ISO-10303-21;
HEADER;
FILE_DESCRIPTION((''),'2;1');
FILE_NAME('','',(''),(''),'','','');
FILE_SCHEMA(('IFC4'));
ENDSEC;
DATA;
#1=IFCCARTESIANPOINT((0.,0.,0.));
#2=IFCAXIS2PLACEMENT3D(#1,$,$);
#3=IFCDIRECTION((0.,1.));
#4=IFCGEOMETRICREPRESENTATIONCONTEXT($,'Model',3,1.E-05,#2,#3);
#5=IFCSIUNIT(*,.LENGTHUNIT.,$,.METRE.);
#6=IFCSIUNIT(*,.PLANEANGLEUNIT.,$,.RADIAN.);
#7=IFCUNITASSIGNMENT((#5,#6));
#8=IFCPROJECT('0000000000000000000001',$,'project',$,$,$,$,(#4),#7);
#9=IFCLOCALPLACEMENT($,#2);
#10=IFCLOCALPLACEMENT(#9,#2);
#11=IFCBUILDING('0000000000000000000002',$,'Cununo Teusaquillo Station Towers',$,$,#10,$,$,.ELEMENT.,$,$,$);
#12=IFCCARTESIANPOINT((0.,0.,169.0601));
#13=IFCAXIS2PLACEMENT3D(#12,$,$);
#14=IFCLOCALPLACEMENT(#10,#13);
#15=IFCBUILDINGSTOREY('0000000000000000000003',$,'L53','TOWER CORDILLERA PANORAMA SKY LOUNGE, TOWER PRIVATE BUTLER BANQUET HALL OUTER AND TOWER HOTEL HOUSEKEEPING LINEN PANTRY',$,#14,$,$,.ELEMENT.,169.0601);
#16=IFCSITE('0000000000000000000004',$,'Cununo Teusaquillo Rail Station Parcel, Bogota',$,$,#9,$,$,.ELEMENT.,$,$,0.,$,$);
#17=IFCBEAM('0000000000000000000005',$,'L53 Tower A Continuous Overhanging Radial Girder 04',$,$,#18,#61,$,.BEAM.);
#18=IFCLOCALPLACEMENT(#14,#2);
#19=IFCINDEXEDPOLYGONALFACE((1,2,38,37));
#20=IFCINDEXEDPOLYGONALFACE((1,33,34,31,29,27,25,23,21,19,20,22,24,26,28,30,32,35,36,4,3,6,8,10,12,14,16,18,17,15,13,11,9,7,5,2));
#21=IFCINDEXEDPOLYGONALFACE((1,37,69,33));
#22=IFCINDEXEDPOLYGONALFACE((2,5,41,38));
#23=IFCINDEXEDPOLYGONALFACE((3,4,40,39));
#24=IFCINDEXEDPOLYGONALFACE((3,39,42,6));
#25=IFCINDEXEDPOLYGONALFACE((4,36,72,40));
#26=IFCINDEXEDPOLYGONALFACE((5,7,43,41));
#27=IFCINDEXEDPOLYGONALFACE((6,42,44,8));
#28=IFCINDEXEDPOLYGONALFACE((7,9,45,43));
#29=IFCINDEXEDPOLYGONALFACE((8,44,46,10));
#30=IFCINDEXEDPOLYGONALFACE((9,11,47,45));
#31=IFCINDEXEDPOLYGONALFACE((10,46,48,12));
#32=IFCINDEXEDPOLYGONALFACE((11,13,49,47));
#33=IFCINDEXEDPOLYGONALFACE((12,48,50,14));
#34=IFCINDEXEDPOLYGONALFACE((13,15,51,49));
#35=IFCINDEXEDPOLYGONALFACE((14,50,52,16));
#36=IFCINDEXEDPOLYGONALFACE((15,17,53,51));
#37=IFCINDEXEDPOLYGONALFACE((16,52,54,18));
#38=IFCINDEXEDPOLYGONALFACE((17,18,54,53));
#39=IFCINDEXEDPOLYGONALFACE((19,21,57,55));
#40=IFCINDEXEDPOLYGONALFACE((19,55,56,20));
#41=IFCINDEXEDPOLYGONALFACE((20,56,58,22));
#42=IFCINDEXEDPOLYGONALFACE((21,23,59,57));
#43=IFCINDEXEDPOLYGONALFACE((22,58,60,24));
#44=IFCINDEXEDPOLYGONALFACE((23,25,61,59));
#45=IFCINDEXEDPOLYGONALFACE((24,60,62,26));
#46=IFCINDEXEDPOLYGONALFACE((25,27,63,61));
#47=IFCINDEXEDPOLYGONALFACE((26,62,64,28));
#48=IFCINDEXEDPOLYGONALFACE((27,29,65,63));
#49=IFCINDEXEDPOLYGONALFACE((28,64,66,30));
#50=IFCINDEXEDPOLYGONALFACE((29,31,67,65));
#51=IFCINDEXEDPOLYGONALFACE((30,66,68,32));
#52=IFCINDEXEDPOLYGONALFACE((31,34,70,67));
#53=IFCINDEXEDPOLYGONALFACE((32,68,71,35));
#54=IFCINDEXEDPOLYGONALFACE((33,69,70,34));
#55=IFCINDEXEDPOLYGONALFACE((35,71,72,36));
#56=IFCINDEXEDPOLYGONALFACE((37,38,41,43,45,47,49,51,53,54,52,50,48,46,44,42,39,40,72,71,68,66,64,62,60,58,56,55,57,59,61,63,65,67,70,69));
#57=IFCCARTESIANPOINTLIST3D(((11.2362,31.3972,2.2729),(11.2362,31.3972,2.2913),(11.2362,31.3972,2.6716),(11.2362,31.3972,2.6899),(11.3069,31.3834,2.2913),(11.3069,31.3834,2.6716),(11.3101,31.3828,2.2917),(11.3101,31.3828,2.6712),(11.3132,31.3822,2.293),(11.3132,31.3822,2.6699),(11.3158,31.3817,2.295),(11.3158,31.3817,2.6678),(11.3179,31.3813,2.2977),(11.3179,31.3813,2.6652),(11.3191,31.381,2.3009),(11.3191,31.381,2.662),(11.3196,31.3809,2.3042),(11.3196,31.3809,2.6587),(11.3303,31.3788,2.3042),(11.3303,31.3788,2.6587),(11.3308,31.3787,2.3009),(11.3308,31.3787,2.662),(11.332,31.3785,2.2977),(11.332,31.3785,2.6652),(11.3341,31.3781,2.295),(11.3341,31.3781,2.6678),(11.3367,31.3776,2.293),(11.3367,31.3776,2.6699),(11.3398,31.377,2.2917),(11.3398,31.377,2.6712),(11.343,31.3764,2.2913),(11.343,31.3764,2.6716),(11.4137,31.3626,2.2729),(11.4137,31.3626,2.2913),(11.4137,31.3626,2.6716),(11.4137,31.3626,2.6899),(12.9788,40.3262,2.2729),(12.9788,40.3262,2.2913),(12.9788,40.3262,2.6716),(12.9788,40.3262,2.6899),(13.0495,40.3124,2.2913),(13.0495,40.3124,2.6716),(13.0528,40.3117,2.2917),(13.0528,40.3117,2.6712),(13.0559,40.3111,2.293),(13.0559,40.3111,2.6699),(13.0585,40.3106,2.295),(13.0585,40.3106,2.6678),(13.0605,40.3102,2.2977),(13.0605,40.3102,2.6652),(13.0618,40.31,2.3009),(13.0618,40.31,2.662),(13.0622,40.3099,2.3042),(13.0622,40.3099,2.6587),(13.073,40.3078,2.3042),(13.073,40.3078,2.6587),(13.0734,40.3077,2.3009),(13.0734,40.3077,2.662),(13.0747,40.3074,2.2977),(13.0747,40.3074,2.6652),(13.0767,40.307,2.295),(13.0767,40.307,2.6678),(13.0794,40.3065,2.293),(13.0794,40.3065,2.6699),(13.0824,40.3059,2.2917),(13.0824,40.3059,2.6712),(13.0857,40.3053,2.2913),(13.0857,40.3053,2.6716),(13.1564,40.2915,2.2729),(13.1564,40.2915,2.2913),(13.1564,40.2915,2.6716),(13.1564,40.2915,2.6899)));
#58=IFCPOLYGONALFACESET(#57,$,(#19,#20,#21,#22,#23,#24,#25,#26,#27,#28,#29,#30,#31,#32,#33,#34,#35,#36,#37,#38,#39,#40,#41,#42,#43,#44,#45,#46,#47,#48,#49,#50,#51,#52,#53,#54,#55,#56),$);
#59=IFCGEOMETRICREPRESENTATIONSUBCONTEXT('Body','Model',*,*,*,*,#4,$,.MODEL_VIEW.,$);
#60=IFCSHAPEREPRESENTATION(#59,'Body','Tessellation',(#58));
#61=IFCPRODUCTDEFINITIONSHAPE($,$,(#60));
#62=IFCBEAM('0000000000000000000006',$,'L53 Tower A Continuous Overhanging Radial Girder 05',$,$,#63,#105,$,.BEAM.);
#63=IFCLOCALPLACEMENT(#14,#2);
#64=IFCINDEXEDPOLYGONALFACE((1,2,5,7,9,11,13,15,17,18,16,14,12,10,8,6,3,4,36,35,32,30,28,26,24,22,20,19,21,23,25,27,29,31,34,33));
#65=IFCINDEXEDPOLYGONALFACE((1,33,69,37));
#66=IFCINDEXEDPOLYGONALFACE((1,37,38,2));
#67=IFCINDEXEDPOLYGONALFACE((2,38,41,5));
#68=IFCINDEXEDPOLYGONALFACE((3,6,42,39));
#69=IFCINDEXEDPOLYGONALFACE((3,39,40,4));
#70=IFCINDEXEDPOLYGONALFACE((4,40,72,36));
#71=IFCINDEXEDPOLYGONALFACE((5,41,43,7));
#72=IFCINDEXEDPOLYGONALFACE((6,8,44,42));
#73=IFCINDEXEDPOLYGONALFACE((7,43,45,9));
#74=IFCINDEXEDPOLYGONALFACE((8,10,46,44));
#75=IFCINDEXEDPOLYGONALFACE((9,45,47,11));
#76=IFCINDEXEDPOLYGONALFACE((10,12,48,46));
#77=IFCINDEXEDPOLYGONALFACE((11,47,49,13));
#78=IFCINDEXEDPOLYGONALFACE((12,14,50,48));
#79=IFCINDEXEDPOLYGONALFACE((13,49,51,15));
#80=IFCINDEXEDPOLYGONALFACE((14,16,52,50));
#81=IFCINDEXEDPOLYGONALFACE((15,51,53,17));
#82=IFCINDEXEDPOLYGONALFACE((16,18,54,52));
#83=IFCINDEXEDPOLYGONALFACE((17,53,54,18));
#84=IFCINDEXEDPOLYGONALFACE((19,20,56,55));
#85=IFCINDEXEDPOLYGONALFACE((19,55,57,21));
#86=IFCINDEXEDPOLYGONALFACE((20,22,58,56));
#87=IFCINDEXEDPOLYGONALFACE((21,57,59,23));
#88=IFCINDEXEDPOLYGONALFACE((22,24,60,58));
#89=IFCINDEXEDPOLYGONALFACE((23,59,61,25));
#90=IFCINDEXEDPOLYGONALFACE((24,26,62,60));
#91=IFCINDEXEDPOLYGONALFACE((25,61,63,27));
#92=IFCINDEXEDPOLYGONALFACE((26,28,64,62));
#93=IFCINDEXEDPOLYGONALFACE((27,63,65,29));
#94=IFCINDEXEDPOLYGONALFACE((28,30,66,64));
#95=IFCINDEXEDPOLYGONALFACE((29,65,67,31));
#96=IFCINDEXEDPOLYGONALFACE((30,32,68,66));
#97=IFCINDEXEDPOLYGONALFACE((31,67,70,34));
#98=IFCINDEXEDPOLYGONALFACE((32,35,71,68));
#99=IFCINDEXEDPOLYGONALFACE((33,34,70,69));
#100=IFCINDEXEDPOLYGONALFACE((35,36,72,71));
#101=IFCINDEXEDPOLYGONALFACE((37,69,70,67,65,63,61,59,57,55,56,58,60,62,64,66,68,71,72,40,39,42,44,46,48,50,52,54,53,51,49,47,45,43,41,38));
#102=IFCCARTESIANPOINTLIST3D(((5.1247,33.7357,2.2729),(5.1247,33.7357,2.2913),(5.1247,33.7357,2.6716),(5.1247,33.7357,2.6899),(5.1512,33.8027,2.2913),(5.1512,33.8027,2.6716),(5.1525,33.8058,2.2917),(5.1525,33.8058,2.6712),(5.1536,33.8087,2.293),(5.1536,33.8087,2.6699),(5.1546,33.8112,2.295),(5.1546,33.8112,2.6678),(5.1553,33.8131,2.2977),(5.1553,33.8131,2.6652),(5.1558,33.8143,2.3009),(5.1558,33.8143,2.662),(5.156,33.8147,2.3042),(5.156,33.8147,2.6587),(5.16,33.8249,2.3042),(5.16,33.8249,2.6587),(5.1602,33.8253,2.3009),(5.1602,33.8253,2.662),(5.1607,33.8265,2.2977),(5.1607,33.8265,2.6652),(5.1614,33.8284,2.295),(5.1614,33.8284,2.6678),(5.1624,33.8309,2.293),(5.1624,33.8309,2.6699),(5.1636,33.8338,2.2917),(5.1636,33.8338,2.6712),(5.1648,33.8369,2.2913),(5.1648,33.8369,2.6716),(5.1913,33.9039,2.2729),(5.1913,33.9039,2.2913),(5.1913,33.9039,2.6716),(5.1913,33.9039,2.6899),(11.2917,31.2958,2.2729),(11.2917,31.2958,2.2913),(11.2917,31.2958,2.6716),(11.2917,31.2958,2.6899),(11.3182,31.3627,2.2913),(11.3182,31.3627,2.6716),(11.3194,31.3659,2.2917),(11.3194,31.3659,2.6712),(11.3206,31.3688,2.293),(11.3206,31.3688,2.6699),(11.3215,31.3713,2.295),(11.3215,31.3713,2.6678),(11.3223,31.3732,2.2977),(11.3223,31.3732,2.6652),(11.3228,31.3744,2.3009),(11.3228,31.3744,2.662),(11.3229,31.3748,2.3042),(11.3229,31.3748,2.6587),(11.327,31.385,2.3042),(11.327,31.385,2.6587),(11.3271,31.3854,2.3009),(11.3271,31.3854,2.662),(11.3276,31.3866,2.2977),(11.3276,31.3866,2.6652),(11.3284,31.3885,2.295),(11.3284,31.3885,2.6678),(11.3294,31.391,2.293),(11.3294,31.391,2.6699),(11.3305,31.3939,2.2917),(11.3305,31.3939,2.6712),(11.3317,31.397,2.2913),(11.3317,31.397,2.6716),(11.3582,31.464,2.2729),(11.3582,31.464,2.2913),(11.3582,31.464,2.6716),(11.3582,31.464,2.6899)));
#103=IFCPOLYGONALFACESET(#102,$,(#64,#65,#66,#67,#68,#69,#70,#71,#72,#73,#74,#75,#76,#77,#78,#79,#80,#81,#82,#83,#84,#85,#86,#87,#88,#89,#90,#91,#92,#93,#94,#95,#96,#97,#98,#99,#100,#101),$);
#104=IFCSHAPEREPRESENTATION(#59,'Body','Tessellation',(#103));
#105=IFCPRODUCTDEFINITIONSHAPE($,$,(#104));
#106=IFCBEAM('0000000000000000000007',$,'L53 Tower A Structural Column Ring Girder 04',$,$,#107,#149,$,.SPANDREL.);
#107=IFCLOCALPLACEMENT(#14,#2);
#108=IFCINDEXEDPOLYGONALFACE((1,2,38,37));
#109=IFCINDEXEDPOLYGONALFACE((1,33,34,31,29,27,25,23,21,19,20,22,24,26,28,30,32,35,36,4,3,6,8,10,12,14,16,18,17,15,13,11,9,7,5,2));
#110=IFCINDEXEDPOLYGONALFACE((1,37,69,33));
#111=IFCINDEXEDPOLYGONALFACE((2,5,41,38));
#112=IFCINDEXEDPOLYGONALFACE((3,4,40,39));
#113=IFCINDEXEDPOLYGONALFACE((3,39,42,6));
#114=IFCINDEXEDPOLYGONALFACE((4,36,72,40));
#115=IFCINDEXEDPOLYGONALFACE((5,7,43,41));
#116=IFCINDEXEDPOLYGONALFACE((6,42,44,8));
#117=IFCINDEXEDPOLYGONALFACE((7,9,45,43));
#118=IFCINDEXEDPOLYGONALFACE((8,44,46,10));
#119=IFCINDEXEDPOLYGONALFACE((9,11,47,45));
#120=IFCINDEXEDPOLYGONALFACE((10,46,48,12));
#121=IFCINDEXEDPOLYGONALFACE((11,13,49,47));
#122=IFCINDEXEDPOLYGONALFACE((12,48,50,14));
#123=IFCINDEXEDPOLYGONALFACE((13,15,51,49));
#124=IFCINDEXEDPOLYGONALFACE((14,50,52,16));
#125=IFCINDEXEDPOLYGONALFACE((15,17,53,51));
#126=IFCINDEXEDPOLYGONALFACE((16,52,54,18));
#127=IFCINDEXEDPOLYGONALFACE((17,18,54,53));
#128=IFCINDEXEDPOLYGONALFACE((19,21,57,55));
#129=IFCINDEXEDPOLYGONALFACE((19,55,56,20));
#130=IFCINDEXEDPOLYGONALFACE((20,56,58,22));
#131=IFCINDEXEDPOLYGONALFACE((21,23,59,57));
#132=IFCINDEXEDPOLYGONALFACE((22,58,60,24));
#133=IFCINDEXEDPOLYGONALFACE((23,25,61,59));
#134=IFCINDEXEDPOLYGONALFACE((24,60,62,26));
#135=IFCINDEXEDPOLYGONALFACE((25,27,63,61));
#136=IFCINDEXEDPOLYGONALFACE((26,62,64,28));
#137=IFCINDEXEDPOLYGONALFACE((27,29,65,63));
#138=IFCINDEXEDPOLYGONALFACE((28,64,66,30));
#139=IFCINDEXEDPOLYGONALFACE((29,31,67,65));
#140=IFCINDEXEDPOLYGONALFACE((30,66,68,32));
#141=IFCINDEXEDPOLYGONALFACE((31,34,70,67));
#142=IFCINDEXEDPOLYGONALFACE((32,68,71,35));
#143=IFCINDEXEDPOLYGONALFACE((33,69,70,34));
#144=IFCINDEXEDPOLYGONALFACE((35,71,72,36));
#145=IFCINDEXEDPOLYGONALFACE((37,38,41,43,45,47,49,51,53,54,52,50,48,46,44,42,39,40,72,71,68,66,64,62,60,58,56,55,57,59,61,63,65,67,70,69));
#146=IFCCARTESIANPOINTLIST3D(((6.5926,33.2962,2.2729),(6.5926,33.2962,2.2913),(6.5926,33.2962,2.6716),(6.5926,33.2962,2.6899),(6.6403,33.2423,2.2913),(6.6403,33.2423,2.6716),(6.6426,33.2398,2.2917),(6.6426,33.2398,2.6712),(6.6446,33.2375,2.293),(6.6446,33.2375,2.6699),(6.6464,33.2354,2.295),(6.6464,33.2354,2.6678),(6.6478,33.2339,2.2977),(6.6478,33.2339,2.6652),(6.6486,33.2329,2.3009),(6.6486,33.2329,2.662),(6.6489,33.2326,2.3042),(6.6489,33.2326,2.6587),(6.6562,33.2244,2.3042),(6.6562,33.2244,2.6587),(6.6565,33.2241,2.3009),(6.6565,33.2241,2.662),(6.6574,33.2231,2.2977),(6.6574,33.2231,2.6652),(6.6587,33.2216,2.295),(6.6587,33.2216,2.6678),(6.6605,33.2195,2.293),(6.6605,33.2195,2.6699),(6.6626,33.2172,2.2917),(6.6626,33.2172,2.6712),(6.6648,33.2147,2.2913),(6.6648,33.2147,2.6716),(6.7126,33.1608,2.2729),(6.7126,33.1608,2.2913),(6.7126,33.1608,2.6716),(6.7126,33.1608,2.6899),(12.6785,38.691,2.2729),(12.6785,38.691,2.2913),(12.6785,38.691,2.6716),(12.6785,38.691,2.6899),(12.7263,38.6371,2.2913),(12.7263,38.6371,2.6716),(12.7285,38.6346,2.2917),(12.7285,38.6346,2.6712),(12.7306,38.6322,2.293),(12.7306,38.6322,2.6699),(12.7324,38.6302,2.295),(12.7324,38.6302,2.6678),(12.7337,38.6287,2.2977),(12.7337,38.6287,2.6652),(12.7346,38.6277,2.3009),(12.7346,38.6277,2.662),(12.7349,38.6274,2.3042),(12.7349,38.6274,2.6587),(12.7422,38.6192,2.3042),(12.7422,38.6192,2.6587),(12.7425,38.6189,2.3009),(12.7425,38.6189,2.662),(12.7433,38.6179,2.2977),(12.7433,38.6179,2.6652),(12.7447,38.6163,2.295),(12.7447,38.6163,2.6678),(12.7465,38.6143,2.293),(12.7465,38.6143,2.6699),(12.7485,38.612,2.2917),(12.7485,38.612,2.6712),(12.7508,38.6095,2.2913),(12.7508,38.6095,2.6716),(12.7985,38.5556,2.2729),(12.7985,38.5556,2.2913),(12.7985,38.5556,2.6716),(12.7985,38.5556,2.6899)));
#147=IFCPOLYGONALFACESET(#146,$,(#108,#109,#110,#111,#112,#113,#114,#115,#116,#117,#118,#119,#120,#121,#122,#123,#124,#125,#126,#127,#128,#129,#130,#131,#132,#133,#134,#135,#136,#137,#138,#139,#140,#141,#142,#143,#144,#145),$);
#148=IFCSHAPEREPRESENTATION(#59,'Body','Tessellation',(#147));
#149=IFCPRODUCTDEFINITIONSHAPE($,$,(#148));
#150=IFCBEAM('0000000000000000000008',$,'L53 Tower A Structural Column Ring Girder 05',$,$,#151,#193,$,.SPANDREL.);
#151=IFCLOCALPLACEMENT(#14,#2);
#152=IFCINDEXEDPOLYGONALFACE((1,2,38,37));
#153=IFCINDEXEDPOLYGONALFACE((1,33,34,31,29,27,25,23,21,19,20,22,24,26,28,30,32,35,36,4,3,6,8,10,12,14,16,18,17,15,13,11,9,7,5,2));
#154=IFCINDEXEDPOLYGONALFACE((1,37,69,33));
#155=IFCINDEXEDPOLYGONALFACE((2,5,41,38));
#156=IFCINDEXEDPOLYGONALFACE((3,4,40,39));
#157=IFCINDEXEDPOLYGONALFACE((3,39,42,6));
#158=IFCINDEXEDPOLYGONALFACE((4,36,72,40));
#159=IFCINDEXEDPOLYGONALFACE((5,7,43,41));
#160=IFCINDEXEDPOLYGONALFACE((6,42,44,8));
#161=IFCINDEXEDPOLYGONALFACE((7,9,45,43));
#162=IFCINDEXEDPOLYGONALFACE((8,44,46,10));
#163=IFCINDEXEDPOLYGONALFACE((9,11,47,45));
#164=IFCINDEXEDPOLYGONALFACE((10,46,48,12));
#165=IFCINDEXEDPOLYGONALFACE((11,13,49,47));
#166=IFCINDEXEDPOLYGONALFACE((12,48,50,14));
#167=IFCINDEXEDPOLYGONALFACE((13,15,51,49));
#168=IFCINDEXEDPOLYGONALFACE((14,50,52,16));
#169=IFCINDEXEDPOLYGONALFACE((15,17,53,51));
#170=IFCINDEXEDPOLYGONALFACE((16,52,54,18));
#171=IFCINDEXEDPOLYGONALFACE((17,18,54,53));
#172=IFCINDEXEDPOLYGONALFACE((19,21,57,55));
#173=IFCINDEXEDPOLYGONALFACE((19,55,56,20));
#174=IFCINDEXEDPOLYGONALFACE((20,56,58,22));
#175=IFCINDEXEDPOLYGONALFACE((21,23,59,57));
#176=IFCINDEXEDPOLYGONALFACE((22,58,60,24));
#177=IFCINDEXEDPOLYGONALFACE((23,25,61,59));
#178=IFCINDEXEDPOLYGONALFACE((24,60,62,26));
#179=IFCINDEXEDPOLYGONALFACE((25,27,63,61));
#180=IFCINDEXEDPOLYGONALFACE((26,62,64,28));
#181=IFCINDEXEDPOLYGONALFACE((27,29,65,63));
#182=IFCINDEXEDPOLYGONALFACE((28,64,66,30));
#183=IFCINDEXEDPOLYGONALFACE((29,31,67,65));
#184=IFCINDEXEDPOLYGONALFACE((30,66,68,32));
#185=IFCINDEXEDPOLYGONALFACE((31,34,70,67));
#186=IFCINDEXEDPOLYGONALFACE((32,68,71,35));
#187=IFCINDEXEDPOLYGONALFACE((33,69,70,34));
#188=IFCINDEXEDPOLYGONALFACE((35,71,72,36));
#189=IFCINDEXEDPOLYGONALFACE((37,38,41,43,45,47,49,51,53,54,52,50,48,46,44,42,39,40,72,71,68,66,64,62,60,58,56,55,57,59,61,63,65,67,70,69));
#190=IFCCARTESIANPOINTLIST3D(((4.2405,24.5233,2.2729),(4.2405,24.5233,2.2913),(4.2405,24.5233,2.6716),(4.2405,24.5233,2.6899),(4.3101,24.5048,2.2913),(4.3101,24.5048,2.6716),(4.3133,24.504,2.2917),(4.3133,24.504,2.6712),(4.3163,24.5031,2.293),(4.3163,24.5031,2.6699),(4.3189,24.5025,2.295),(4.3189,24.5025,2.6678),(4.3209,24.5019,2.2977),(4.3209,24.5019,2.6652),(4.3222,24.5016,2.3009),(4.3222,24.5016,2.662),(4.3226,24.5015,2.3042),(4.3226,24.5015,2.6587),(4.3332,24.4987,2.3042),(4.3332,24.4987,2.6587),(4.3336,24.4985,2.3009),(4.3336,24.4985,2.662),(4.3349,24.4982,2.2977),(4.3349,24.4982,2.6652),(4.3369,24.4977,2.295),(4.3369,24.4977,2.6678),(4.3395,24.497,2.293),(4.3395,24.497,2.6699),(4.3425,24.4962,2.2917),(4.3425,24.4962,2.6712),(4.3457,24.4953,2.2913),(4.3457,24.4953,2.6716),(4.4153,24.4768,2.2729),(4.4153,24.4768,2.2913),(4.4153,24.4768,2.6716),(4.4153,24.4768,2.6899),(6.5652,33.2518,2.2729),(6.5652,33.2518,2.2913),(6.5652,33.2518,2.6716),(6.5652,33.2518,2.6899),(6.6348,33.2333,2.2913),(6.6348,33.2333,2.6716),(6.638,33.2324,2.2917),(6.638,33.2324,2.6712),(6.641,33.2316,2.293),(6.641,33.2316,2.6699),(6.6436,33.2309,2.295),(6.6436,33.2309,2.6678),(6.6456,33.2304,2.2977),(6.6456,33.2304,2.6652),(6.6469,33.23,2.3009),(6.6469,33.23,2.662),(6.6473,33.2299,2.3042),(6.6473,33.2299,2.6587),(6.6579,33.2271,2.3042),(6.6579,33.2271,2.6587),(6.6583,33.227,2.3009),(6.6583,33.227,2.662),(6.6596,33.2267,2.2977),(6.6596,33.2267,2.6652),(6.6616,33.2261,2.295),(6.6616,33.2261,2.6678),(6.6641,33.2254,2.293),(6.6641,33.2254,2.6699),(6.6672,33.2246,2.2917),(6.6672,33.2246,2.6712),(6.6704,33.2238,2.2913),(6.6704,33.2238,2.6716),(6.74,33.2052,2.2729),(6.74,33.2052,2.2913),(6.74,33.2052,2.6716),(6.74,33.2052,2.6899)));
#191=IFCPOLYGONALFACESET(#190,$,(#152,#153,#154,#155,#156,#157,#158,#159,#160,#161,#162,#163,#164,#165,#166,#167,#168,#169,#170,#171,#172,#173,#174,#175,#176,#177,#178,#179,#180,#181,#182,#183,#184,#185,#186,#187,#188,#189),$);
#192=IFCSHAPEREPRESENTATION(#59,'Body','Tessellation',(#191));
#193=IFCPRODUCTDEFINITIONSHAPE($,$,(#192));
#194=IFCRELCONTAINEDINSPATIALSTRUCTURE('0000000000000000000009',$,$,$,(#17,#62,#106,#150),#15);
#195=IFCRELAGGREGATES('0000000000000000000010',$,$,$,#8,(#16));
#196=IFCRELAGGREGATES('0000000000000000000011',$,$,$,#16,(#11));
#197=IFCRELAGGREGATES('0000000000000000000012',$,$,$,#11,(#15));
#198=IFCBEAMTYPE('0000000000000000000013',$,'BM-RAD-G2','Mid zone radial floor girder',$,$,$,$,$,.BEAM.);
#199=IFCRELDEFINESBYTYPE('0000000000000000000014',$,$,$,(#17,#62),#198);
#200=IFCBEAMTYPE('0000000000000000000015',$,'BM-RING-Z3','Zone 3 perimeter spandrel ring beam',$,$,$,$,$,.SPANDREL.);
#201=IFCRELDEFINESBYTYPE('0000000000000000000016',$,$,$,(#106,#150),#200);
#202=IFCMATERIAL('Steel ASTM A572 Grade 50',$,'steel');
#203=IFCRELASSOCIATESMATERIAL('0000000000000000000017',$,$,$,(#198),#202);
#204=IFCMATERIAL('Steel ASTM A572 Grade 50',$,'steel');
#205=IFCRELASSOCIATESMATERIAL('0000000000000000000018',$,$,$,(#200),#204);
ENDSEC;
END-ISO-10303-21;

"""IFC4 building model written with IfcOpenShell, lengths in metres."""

from ifc_helpers import new_model, si_unit, direction, frame, origin, origin_2d, place, context, subcontext, project, spatial, i_section, extrude, material, material_profile, profile_set, type_object, element, save


model = new_model("IFC4")

# Units and contexts
model_context = context("Model", 3, precision=1e-05, world=origin(), true_north=direction((0.0, 1.0)))
body_context = subcontext(model_context, "Body", "Model", "MODEL_VIEW")
ifc_project = project(units=[si_unit("LENGTHUNIT", "METRE"), si_unit("PLANEANGLEUNIT", "RADIAN")], contexts=[model_context])

# Site, building, storey
site_placement = place(None, origin())
site = spatial("IfcSite", under=ifc_project, at=site_placement, Name="Cununo Teusaquillo Rail Station Parcel, Bogota", CompositionType="ELEMENT", RefElevation=0.0)
building_placement = place(site_placement, origin())
building = spatial("IfcBuilding", under=site, at=building_placement, Name="Cununo Teusaquillo Station Towers", CompositionType="ELEMENT")
storey_placement = place(building_placement, frame((0.0, 0.0, 169.0601)))
storey = spatial("IfcBuildingStorey", under=building, at=storey_placement, Name="L53", Description="TOWER CORDILLERA PANORAMA SKY LOUNGE, TOWER PRIVATE BUTLER BANQUET HALL OUTER AND TOWER HOTEL HOUSEKEEPING LINEN PANTRY", CompositionType="ELEMENT", Elevation=169.0601)

# Beams
ifc_material_1 = material(Name="Steel ASTM A572 Grade 50", Category="steel")
ifc_material_profile_1 = material_profile(ifc_material_1, i_section(OverallWidth=0.1809, OverallDepth=0.417, WebThickness=0.011, FlangeThickness=0.0183, FilletRadius=0.0129, at=origin_2d()), Name="W16X57")
ifc_profile_set_1 = profile_set([ifc_material_profile_1], Name="Steel ASTM A572 Grade 50")
beam_type_1 = type_object("IfcBeamType", Name="BM-RAD-G2", Description="Mid zone radial floor girder", PredefinedType="BEAM", material=ifc_profile_set_1)
beam_1_placement = place(storey_placement, frame((11.325, 31.3799, 2.4814), z_axis=(0.191557, 0.981481, 0.0), x_axis=(-0.981481, 0.191557, 0.0)))
element("IfcBeam", 1, at=beam_1_placement, inside=storey, type_object=beam_type_1, Name="L53 Tower A Continuous Overhanging Radial Girder 04", PredefinedType="BEAM", context=body_context, shape_type="SweptSolid", body=[
    extrude(i_section(OverallWidth=0.1809, OverallDepth=0.417, WebThickness=0.011, FlangeThickness=0.0183, FilletRadius=0.0129, at=origin_2d()), origin(), (0.0, 0.0, 1.0), 9.0974),
])
beam_2_placement = place(storey_placement, frame((11.325, 31.3799, 2.4814), z_axis=(-0.929866, 0.367897, 0.0), x_axis=(-0.367897, -0.929866, 0.0)))
element("IfcBeam", 2, at=beam_2_placement, inside=storey, type_object=beam_type_1, Name="L53 Tower A Continuous Overhanging Radial Girder 05", PredefinedType="BEAM", context=body_context, shape_type="SweptSolid", body=[
    extrude(i_section(OverallWidth=0.1809, OverallDepth=0.417, WebThickness=0.011, FlangeThickness=0.0183, FilletRadius=0.0129, at=origin_2d()), origin(), (0.0, 0.0, 1.0), 6.6321),
])
ifc_material_2 = material(Name="Steel ASTM A572 Grade 50", Category="steel")
ifc_material_profile_2 = material_profile(ifc_material_2, i_section(OverallWidth=0.1809, OverallDepth=0.417, WebThickness=0.011, FlangeThickness=0.0183, FilletRadius=0.0129, at=origin_2d()), Name="W16X57")
ifc_profile_set_2 = profile_set([ifc_material_profile_2], Name="Steel ASTM A572 Grade 50")
beam_type_2 = type_object("IfcBeamType", Name="BM-RING-Z3", Description="Zone 3 perimeter spandrel ring beam", PredefinedType="SPANDREL", material=ifc_profile_set_2)
beam_3_placement = place(storey_placement, frame((12.7385, 38.6233, 2.4814), z_axis=(-0.748321, -0.663337, 0.0), x_axis=(0.663337, -0.748321, 0.0)))
element("IfcBeam", 3, at=beam_3_placement, inside=storey, type_object=beam_type_2, Name="L53 Tower A Structural Column Ring Girder 04", PredefinedType="SPANDREL", context=body_context, shape_type="SweptSolid", body=[
    extrude(i_section(OverallWidth=0.1809, OverallDepth=0.417, WebThickness=0.011, FlangeThickness=0.0183, FilletRadius=0.0129, at=origin_2d()), origin(), (0.0, 0.0, 1.0), 8.1328),
])
beam_4_placement = place(storey_placement, frame((6.6526, 33.2285, 2.4814), z_axis=(-0.257363, -0.966315, 0.0), x_axis=(0.966315, -0.257363, 0.0)))
element("IfcBeam", 4, at=beam_4_placement, inside=storey, type_object=beam_type_2, Name="L53 Tower A Structural Column Ring Girder 05", PredefinedType="SPANDREL", context=body_context, shape_type="SweptSolid", body=[
    extrude(i_section(OverallWidth=0.1809, OverallDepth=0.417, WebThickness=0.011, FlangeThickness=0.0183, FilletRadius=0.0129, at=origin_2d()), origin(), (0.0, 0.0, 1.0), 9.0327),
])

save(model, "model.ifc")
